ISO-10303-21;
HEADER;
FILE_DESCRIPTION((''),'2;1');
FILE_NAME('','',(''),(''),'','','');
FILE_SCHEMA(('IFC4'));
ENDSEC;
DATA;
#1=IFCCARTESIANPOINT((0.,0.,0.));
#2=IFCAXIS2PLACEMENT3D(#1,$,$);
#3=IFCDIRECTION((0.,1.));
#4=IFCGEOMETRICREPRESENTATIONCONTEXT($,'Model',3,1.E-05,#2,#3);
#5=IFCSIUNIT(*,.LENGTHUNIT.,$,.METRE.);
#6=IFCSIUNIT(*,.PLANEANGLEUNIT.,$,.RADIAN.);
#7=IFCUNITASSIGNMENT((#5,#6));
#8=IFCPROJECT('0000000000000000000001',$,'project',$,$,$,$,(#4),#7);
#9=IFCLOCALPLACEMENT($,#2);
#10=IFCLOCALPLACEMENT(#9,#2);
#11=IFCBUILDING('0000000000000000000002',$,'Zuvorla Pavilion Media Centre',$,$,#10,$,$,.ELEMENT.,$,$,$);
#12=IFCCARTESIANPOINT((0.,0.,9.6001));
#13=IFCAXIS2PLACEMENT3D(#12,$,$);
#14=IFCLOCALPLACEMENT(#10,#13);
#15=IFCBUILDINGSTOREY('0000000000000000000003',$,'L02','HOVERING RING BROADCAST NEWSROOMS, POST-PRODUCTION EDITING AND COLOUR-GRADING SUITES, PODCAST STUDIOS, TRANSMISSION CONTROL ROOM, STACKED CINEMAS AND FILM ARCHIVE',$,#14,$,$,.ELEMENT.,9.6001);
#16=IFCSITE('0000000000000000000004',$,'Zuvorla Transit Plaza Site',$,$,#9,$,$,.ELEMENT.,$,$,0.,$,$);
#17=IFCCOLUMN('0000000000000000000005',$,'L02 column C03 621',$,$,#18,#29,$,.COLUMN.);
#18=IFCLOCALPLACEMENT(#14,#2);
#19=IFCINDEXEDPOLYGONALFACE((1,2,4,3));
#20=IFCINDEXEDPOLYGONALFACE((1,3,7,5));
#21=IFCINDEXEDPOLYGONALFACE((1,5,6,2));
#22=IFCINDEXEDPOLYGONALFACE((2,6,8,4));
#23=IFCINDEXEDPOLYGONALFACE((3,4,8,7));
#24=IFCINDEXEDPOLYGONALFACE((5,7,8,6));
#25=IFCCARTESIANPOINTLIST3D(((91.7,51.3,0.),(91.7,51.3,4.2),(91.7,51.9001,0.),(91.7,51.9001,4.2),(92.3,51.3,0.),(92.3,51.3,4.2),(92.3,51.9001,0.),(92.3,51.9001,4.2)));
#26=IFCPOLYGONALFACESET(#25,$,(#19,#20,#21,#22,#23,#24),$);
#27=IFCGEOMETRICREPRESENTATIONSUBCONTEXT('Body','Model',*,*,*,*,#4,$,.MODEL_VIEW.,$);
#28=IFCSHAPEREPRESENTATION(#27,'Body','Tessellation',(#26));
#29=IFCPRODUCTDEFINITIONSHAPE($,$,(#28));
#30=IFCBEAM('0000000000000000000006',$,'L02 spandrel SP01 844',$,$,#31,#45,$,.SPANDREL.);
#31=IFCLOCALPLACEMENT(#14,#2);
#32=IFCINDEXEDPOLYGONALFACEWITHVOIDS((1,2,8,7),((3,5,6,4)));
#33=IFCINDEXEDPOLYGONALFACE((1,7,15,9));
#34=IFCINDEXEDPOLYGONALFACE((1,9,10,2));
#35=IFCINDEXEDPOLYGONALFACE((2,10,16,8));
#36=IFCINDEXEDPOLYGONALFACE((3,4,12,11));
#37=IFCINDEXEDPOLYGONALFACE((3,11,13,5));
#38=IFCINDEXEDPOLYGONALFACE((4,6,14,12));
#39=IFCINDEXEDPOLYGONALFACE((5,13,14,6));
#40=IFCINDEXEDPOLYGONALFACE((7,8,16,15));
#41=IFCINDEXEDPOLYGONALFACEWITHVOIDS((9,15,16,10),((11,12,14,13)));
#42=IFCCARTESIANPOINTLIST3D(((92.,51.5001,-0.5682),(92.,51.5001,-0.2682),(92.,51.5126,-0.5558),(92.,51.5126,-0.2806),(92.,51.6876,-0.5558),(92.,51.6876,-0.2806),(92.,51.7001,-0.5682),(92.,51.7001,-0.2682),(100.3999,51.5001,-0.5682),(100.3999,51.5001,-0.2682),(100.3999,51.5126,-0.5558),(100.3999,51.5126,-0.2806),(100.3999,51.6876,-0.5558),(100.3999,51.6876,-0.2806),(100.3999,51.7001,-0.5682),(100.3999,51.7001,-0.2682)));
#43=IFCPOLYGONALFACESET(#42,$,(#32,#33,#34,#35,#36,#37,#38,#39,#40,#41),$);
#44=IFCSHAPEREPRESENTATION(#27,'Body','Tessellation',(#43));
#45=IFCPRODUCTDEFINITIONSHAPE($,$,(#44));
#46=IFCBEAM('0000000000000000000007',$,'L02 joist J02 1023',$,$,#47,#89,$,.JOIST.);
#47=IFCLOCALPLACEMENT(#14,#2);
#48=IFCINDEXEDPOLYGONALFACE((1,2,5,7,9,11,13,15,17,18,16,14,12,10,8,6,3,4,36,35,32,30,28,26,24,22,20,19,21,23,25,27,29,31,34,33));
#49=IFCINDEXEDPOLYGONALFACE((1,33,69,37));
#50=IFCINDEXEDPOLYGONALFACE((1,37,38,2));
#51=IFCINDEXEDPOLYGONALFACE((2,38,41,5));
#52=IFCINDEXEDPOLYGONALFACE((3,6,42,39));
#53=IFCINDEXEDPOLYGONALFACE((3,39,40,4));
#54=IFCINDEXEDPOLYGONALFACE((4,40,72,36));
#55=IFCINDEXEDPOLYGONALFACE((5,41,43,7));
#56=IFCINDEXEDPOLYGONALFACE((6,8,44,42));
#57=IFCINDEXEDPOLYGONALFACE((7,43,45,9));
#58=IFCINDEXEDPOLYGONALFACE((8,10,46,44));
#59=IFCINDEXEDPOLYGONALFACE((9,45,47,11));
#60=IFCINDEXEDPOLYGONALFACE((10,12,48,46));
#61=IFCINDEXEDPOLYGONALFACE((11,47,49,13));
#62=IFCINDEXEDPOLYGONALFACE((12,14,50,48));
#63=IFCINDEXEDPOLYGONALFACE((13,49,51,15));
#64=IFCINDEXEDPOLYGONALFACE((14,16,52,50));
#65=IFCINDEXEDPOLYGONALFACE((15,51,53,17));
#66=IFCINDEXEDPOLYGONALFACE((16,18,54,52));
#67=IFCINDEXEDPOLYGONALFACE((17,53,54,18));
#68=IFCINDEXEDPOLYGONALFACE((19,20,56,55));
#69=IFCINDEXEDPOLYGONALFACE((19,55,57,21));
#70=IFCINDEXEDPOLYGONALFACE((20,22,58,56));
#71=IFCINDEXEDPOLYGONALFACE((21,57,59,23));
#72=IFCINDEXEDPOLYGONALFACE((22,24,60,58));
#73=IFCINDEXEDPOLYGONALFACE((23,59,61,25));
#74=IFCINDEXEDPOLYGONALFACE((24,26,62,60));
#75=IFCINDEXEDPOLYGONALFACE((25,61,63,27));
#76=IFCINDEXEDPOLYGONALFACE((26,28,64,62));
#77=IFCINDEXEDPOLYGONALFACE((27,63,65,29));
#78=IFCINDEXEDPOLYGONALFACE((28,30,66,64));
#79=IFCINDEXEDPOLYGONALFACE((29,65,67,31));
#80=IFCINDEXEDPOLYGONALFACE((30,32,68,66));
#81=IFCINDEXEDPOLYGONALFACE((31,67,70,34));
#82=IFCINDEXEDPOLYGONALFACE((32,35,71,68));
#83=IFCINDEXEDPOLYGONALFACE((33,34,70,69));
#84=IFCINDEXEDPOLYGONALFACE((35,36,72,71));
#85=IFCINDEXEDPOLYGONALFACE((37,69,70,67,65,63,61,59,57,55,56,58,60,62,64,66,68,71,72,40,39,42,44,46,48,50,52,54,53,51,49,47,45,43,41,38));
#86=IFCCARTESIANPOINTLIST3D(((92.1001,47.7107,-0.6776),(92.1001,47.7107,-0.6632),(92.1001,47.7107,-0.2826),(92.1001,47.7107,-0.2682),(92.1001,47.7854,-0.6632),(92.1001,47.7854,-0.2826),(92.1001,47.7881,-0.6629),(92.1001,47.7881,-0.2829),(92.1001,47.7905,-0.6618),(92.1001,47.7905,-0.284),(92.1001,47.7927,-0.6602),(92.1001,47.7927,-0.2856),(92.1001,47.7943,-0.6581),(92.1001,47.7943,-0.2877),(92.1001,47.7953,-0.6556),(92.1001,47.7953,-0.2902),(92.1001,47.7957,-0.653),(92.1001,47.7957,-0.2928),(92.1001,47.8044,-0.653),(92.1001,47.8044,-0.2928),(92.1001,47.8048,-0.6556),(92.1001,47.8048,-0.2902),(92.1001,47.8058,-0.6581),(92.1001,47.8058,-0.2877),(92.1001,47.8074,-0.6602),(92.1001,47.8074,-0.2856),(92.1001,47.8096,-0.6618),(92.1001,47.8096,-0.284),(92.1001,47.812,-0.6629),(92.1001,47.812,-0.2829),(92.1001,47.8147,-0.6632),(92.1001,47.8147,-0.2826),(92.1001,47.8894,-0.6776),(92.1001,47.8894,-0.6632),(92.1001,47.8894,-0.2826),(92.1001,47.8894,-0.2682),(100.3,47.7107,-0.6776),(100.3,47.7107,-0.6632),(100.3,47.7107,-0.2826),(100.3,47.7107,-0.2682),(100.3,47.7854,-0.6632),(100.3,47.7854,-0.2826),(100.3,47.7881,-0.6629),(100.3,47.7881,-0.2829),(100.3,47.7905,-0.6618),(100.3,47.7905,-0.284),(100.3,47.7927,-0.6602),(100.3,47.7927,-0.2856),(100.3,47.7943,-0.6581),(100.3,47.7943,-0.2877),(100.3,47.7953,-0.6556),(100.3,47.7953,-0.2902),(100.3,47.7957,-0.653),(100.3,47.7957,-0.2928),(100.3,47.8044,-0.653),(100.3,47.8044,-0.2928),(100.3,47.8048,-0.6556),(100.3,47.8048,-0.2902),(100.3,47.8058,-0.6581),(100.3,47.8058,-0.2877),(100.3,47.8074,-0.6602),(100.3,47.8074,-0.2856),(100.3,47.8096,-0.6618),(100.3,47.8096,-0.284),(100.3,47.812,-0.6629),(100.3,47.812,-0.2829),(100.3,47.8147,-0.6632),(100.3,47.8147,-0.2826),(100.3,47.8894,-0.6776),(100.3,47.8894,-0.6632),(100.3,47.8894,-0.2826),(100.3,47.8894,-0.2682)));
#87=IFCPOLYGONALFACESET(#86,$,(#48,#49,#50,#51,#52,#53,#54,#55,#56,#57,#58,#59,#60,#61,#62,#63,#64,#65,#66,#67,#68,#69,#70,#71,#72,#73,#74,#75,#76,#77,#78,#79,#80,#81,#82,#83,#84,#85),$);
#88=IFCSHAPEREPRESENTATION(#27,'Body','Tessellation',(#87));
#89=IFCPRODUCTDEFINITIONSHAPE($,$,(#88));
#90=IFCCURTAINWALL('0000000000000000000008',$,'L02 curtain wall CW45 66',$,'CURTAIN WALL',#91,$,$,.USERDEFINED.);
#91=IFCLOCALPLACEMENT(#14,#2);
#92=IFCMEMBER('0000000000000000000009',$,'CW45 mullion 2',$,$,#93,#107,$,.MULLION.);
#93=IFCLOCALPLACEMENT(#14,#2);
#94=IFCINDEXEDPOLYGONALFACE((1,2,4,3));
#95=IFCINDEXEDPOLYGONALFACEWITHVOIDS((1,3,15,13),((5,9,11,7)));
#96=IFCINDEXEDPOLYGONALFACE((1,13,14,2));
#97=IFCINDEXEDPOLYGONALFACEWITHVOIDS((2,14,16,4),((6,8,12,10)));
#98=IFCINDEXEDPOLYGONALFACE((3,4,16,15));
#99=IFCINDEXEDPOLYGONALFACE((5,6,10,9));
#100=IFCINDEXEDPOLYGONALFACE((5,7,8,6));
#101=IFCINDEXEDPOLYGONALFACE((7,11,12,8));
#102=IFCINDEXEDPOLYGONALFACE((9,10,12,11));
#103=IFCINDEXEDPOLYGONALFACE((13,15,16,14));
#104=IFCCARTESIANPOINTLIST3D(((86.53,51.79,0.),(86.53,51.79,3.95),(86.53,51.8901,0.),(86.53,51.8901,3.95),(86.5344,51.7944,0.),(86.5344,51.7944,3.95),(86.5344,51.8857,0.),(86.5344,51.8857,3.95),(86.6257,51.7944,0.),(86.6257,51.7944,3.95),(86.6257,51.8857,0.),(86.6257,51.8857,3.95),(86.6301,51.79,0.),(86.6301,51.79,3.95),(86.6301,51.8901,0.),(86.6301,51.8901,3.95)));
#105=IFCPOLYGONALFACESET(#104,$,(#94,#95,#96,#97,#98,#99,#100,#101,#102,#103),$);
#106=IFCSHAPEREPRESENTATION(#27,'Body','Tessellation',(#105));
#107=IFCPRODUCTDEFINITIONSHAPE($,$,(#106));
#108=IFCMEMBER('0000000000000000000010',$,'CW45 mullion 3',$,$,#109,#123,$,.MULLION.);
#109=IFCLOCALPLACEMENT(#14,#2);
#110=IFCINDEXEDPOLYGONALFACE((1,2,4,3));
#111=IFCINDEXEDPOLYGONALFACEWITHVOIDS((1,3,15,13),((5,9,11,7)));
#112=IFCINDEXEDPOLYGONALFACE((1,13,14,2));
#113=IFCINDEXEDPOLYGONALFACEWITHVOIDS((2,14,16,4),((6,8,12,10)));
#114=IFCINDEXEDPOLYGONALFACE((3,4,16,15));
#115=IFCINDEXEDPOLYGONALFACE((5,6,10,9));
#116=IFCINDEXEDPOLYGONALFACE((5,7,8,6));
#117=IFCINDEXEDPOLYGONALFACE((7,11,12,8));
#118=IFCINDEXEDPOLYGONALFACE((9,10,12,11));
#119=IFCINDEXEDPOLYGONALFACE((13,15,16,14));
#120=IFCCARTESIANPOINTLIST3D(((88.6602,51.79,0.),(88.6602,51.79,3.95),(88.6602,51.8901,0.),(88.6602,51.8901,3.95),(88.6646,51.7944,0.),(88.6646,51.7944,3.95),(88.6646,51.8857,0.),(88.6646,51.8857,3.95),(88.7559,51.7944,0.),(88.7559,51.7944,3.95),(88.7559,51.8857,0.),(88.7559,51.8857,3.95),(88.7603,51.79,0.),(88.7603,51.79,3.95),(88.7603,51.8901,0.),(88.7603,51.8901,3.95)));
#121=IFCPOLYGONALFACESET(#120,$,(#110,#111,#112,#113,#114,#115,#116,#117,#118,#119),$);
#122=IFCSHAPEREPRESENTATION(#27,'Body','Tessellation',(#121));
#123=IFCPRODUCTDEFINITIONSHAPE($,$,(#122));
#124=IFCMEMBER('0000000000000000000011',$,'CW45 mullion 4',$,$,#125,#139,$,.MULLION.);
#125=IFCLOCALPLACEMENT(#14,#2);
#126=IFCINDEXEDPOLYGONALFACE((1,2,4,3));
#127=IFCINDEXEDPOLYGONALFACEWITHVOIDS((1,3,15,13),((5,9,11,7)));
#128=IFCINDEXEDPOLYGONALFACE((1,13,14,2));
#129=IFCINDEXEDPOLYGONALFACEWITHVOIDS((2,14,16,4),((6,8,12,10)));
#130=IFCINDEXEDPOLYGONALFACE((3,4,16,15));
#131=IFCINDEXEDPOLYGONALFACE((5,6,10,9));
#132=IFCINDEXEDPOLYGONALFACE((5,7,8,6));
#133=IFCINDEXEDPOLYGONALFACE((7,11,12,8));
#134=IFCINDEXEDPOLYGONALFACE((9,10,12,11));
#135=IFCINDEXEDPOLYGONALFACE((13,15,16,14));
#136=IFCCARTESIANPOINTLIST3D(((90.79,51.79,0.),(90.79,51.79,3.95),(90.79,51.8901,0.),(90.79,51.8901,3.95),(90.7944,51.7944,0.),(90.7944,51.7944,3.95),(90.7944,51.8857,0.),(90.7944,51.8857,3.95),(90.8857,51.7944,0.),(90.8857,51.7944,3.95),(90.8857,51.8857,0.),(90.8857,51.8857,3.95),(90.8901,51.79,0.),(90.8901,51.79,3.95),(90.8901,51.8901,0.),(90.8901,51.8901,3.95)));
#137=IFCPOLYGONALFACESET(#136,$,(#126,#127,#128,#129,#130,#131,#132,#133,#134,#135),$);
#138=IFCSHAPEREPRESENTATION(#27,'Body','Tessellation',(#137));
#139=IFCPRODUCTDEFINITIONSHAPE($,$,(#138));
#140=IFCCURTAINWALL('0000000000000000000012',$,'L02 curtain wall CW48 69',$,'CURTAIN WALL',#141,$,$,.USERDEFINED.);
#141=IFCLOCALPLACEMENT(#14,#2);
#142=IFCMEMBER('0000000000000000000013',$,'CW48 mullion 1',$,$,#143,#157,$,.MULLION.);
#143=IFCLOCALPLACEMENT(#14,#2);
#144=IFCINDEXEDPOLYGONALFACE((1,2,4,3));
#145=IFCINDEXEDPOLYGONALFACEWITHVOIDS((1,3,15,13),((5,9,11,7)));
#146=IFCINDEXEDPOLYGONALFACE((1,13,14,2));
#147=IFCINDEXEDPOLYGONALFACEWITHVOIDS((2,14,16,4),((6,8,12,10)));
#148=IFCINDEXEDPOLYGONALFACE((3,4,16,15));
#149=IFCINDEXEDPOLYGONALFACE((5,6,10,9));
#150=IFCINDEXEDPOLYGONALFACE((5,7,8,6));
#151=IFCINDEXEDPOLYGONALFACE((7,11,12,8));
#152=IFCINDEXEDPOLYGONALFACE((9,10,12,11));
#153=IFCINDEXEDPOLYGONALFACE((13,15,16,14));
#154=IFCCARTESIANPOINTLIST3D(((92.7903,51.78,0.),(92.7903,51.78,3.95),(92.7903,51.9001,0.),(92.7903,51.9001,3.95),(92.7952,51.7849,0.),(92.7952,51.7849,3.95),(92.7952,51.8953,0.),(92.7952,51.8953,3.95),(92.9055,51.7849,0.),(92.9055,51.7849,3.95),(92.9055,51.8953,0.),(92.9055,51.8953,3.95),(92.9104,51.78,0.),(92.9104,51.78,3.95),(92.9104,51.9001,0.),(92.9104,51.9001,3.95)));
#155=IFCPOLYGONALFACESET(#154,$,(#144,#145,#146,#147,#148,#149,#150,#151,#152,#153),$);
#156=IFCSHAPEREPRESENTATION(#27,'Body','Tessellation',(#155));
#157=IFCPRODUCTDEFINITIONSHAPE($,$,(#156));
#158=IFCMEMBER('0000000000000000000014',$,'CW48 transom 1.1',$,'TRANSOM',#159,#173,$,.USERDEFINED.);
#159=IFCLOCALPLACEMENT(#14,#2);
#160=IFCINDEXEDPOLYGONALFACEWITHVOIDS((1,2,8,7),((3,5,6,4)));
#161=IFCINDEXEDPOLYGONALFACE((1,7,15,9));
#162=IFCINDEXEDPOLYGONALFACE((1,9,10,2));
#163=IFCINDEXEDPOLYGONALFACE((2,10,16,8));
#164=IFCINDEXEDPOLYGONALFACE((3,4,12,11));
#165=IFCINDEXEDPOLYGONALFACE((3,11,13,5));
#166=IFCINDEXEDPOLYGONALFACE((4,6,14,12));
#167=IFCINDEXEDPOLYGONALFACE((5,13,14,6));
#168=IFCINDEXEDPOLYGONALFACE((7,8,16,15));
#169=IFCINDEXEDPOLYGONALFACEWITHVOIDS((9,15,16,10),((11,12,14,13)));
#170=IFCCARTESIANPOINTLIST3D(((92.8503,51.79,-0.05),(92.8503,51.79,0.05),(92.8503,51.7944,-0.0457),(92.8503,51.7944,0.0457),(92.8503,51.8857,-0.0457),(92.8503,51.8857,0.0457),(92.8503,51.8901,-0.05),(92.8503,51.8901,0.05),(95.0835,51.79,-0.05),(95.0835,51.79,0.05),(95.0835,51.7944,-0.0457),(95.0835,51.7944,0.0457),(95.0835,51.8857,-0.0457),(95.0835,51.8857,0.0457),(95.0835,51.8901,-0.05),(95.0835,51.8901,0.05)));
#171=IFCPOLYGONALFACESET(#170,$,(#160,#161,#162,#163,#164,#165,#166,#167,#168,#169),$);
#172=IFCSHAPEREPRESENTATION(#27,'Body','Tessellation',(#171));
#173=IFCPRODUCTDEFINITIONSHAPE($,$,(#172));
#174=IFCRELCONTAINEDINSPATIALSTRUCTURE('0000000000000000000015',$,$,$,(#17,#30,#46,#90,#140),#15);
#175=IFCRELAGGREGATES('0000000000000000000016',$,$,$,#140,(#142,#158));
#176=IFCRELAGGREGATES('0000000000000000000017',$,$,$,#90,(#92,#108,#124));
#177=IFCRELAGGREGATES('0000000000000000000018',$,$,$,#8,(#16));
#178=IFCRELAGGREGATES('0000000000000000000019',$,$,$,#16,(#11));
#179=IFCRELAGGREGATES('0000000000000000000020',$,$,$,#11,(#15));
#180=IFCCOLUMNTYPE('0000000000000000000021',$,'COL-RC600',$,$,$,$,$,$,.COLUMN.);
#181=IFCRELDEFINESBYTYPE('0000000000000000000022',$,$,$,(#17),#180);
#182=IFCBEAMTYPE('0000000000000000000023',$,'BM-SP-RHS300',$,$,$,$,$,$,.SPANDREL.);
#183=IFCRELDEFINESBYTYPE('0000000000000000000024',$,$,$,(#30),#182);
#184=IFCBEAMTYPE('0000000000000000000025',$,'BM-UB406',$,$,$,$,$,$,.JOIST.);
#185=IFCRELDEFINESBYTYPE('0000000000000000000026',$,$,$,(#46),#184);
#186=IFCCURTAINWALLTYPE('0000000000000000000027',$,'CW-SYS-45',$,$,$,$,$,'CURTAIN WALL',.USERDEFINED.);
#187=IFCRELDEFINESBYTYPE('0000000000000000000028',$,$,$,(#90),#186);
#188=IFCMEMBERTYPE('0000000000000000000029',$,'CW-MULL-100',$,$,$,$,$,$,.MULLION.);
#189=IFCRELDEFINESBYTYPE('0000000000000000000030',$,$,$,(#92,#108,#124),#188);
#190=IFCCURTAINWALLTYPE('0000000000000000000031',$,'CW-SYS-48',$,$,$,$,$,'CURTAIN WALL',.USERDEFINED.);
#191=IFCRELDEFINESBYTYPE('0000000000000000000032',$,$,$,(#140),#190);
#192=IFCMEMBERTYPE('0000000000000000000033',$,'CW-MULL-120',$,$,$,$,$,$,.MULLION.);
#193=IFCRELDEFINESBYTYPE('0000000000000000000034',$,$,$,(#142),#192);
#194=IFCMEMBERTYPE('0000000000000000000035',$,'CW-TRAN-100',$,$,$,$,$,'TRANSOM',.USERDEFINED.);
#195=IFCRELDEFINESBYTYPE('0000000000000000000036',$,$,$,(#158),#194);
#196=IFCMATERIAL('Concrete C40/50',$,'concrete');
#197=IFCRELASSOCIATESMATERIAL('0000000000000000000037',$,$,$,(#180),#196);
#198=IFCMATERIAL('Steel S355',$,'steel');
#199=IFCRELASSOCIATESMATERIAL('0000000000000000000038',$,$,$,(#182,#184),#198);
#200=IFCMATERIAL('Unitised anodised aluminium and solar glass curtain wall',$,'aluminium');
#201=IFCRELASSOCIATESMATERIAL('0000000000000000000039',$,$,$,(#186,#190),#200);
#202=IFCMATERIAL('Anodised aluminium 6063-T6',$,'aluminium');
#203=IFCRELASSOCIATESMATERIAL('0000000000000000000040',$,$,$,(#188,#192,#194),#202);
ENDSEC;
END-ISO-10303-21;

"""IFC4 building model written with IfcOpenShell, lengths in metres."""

from ifc_helpers import new_model, si_unit, direction, frame, origin, origin_2d, place, context, subcontext, project, spatial, rectangle, hollow_rectangle, i_section, extrude, material, material_profile, profile_set, type_object, element, aggregate, save


model = new_model("IFC4")

# Units and contexts
model_context = context("Model", 3, precision=1e-05, world=origin(), true_north=direction((0.0, 1.0)))
body_context = subcontext(model_context, "Body", "Model", "MODEL_VIEW")
ifc_project = project(units=[si_unit("LENGTHUNIT", "METRE"), si_unit("PLANEANGLEUNIT", "RADIAN")], contexts=[model_context])

# Site, building, storey
site_placement = place(None, origin())
site = spatial("IfcSite", under=ifc_project, at=site_placement, Name="Zuvorla Transit Plaza Site", CompositionType="ELEMENT", RefElevation=0.0)
building_placement = place(site_placement, origin())
building = spatial("IfcBuilding", under=site, at=building_placement, Name="Zuvorla Pavilion Media Centre", CompositionType="ELEMENT")
storey_placement = place(building_placement, frame((0.0, 0.0, 9.6001)))
storey = spatial("IfcBuildingStorey", under=building, at=storey_placement, Name="L02", Description="HOVERING RING BROADCAST NEWSROOMS, POST-PRODUCTION EDITING AND COLOUR-GRADING SUITES, PODCAST STUDIOS, TRANSMISSION CONTROL ROOM, STACKED CINEMAS AND FILM ARCHIVE", CompositionType="ELEMENT", Elevation=9.6001)

# Column
ifc_material_1 = material(Name="Concrete C40/50", Category="concrete")
ifc_material_profile_1 = material_profile(ifc_material_1, rectangle(XDim=0.6001, YDim=0.6001, at=origin_2d()), Name="RC 600x600")
ifc_profile_set_1 = profile_set([ifc_material_profile_1], Name="Concrete C40/50")
column_type = type_object("IfcColumnType", Name="COL-RC600", PredefinedType="COLUMN", material=ifc_profile_set_1)
column_placement = place(storey_placement, frame((92.0, 51.6001, 0.0), z_axis=(0.0, 0.0, 1.0), x_axis=(1.0, 0.0, 0.0)))
element("IfcColumn", 1, at=column_placement, inside=storey, type_object=column_type, Name="L02 column C03 621", PredefinedType="COLUMN", context=body_context, shape_type="SweptSolid", body=[
    extrude(rectangle(XDim=0.6001, YDim=0.6001, at=origin_2d()), origin(), (0.0, 0.0, 1.0), 4.2),
])

# Beams
ifc_material_2 = material(Name="Steel S355", Category="steel")
ifc_material_profile_2 = material_profile(ifc_material_2, hollow_rectangle(XDim=0.2, YDim=0.3, WallThickness=0.0125, at=origin_2d()), Name="RHS 300x200x12.5")
ifc_profile_set_2 = profile_set([ifc_material_profile_2], Name="Steel S355")
beam_type_1 = type_object("IfcBeamType", Name="BM-SP-RHS300", PredefinedType="SPANDREL", material=ifc_profile_set_2)
beam_1_placement = place(storey_placement, frame((92.0, 51.6001, -0.4182), z_axis=(1.0, 0.0, 0.0), x_axis=(0.0, 1.0, 0.0)))
element("IfcBeam", 2, at=beam_1_placement, inside=storey, type_object=beam_type_1, Name="L02 spandrel SP01 844", PredefinedType="SPANDREL", context=body_context, shape_type="SweptSolid", body=[
    extrude(hollow_rectangle(XDim=0.2, YDim=0.3, WallThickness=0.0125, at=origin_2d()), origin(), (0.0, 0.0, 1.0), 8.3999),
])
ifc_material_profile_3 = material_profile(ifc_material_2, i_section(OverallWidth=0.1787, OverallDepth=0.4094, WebThickness=0.0088, FlangeThickness=0.0144, FilletRadius=0.0103, at=origin_2d()), Name="UB 406x178x67")
ifc_profile_set_3 = profile_set([ifc_material_profile_3], Name="Steel S355")
beam_type_2 = type_object("IfcBeamType", Name="BM-UB406", PredefinedType="JOIST", material=ifc_profile_set_3)
beam_2_placement = place(storey_placement, frame((92.1001, 47.8, -0.4729), z_axis=(1.0, 0.0, 0.0), x_axis=(0.0, 1.0, 0.0)))
element("IfcBeam", 3, at=beam_2_placement, inside=storey, type_object=beam_type_2, Name="L02 joist J02 1023", PredefinedType="JOIST", context=body_context, shape_type="SweptSolid", body=[
    extrude(i_section(OverallWidth=0.1787, OverallDepth=0.4094, WebThickness=0.0088, FlangeThickness=0.0144, FilletRadius=0.0103, at=origin_2d()), origin(), (0.0, 0.0, 1.0), 8.2),
])

# Curtain walls, members
ifc_material_3 = material(Name="Unitised anodised aluminium and solar glass curtain wall", Category="aluminium")
curtain_wall_type_1 = type_object("IfcCurtainWallType", Name="CW-SYS-45", ElementType="CURTAIN WALL", PredefinedType="USERDEFINED", material=ifc_material_3)
curtain_wall_1_placement = place(storey_placement, origin())
curtain_wall_1 = element("IfcCurtainWall", 4, at=curtain_wall_1_placement, inside=storey, type_object=curtain_wall_type_1, Name="L02 curtain wall CW45 66", ObjectType="CURTAIN WALL", PredefinedType="USERDEFINED")
ifc_material_4 = material(Name="Anodised aluminium 6063-T6", Category="aluminium")
ifc_material_profile_4 = material_profile(ifc_material_4, hollow_rectangle(XDim=0.1001, YDim=0.1001, WallThickness=0.0044, at=origin_2d()), Name="ALU MULL 100x100")
ifc_profile_set_4 = profile_set([ifc_material_profile_4], Name="Anodised aluminium 6063-T6")
member_type_1 = type_object("IfcMemberType", Name="CW-MULL-100", PredefinedType="MULLION", material=ifc_profile_set_4)
member_1_placement = place(storey_placement, frame((86.5801, 51.8401, 0.0), z_axis=(0.0, 0.0, 1.0), x_axis=(1.0, 0.0, 0.0)))
member_1 = element("IfcMember", 5, at=member_1_placement, type_object=member_type_1, Name="CW45 mullion 2", PredefinedType="MULLION", context=body_context, shape_type="SweptSolid", body=[
    extrude(hollow_rectangle(XDim=0.1001, YDim=0.1001, WallThickness=0.0044, at=origin_2d()), origin(), (0.0, 0.0, 1.0), 3.95),
])
member_2_placement = place(storey_placement, frame((88.7102, 51.8401, 0.0), z_axis=(0.0, 0.0, 1.0), x_axis=(1.0, 0.0, 0.0)))
member_2 = element("IfcMember", 6, at=member_2_placement, type_object=member_type_1, Name="CW45 mullion 3", PredefinedType="MULLION", context=body_context, shape_type="SweptSolid", body=[
    extrude(hollow_rectangle(XDim=0.1001, YDim=0.1001, WallThickness=0.0044, at=origin_2d()), origin(), (0.0, 0.0, 1.0), 3.95),
])
member_3_placement = place(storey_placement, frame((90.8401, 51.8401, 0.0), z_axis=(0.0, 0.0, 1.0), x_axis=(1.0, 0.0, 0.0)))
member_3 = element("IfcMember", 7, at=member_3_placement, type_object=member_type_1, Name="CW45 mullion 4", PredefinedType="MULLION", context=body_context, shape_type="SweptSolid", body=[
    extrude(hollow_rectangle(XDim=0.1001, YDim=0.1001, WallThickness=0.0044, at=origin_2d()), origin(), (0.0, 0.0, 1.0), 3.95),
])
curtain_wall_type_2 = type_object("IfcCurtainWallType", Name="CW-SYS-48", ElementType="CURTAIN WALL", PredefinedType="USERDEFINED", material=ifc_material_3)
curtain_wall_2_placement = place(storey_placement, origin())
curtain_wall_2 = element("IfcCurtainWall", 8, at=curtain_wall_2_placement, inside=storey, type_object=curtain_wall_type_2, Name="L02 curtain wall CW48 69", ObjectType="CURTAIN WALL", PredefinedType="USERDEFINED")
ifc_material_profile_5 = material_profile(ifc_material_4, hollow_rectangle(XDim=0.1201, YDim=0.1201, WallThickness=0.0049, at=origin_2d()), Name="ALU MULL 120x120")
ifc_profile_set_5 = profile_set([ifc_material_profile_5], Name="Anodised aluminium 6063-T6")
member_type_2 = type_object("IfcMemberType", Name="CW-MULL-120", PredefinedType="MULLION", material=ifc_profile_set_5)
member_4_placement = place(storey_placement, frame((92.8503, 51.8401, 0.0), z_axis=(0.0, 0.0, 1.0), x_axis=(1.0, 0.0, 0.0)))
member_4 = element("IfcMember", 9, at=member_4_placement, type_object=member_type_2, Name="CW48 mullion 1", PredefinedType="MULLION", context=body_context, shape_type="SweptSolid", body=[
    extrude(hollow_rectangle(XDim=0.1201, YDim=0.1201, WallThickness=0.0049, at=origin_2d()), origin(), (0.0, 0.0, 1.0), 3.95),
])
ifc_material_profile_6 = material_profile(ifc_material_4, hollow_rectangle(XDim=0.1001, YDim=0.1001, WallThickness=0.0044, at=origin_2d()), Name="ALU TRAN 100x100")
ifc_profile_set_6 = profile_set([ifc_material_profile_6], Name="Anodised aluminium 6063-T6")
member_type_3 = type_object("IfcMemberType", Name="CW-TRAN-100", ElementType="TRANSOM", PredefinedType="USERDEFINED", material=ifc_profile_set_6)
member_5_placement = place(storey_placement, frame((92.8503, 51.8401, 0.0), z_axis=(1.0, 0.0, 0.0), x_axis=(0.0, 1.0, 0.0)))
member_5 = element("IfcMember", 10, at=member_5_placement, type_object=member_type_3, Name="CW48 transom 1.1", ObjectType="TRANSOM", PredefinedType="USERDEFINED", context=body_context, shape_type="SweptSolid", body=[
    extrude(hollow_rectangle(XDim=0.1001, YDim=0.1001, WallThickness=0.0044, at=origin_2d()), origin(), (0.0, 0.0, 1.0), 2.2332),
])

aggregate(curtain_wall_2, [member_4, member_5])
aggregate(curtain_wall_1, [member_1, member_2, member_3])

save(model, "model.ifc")
